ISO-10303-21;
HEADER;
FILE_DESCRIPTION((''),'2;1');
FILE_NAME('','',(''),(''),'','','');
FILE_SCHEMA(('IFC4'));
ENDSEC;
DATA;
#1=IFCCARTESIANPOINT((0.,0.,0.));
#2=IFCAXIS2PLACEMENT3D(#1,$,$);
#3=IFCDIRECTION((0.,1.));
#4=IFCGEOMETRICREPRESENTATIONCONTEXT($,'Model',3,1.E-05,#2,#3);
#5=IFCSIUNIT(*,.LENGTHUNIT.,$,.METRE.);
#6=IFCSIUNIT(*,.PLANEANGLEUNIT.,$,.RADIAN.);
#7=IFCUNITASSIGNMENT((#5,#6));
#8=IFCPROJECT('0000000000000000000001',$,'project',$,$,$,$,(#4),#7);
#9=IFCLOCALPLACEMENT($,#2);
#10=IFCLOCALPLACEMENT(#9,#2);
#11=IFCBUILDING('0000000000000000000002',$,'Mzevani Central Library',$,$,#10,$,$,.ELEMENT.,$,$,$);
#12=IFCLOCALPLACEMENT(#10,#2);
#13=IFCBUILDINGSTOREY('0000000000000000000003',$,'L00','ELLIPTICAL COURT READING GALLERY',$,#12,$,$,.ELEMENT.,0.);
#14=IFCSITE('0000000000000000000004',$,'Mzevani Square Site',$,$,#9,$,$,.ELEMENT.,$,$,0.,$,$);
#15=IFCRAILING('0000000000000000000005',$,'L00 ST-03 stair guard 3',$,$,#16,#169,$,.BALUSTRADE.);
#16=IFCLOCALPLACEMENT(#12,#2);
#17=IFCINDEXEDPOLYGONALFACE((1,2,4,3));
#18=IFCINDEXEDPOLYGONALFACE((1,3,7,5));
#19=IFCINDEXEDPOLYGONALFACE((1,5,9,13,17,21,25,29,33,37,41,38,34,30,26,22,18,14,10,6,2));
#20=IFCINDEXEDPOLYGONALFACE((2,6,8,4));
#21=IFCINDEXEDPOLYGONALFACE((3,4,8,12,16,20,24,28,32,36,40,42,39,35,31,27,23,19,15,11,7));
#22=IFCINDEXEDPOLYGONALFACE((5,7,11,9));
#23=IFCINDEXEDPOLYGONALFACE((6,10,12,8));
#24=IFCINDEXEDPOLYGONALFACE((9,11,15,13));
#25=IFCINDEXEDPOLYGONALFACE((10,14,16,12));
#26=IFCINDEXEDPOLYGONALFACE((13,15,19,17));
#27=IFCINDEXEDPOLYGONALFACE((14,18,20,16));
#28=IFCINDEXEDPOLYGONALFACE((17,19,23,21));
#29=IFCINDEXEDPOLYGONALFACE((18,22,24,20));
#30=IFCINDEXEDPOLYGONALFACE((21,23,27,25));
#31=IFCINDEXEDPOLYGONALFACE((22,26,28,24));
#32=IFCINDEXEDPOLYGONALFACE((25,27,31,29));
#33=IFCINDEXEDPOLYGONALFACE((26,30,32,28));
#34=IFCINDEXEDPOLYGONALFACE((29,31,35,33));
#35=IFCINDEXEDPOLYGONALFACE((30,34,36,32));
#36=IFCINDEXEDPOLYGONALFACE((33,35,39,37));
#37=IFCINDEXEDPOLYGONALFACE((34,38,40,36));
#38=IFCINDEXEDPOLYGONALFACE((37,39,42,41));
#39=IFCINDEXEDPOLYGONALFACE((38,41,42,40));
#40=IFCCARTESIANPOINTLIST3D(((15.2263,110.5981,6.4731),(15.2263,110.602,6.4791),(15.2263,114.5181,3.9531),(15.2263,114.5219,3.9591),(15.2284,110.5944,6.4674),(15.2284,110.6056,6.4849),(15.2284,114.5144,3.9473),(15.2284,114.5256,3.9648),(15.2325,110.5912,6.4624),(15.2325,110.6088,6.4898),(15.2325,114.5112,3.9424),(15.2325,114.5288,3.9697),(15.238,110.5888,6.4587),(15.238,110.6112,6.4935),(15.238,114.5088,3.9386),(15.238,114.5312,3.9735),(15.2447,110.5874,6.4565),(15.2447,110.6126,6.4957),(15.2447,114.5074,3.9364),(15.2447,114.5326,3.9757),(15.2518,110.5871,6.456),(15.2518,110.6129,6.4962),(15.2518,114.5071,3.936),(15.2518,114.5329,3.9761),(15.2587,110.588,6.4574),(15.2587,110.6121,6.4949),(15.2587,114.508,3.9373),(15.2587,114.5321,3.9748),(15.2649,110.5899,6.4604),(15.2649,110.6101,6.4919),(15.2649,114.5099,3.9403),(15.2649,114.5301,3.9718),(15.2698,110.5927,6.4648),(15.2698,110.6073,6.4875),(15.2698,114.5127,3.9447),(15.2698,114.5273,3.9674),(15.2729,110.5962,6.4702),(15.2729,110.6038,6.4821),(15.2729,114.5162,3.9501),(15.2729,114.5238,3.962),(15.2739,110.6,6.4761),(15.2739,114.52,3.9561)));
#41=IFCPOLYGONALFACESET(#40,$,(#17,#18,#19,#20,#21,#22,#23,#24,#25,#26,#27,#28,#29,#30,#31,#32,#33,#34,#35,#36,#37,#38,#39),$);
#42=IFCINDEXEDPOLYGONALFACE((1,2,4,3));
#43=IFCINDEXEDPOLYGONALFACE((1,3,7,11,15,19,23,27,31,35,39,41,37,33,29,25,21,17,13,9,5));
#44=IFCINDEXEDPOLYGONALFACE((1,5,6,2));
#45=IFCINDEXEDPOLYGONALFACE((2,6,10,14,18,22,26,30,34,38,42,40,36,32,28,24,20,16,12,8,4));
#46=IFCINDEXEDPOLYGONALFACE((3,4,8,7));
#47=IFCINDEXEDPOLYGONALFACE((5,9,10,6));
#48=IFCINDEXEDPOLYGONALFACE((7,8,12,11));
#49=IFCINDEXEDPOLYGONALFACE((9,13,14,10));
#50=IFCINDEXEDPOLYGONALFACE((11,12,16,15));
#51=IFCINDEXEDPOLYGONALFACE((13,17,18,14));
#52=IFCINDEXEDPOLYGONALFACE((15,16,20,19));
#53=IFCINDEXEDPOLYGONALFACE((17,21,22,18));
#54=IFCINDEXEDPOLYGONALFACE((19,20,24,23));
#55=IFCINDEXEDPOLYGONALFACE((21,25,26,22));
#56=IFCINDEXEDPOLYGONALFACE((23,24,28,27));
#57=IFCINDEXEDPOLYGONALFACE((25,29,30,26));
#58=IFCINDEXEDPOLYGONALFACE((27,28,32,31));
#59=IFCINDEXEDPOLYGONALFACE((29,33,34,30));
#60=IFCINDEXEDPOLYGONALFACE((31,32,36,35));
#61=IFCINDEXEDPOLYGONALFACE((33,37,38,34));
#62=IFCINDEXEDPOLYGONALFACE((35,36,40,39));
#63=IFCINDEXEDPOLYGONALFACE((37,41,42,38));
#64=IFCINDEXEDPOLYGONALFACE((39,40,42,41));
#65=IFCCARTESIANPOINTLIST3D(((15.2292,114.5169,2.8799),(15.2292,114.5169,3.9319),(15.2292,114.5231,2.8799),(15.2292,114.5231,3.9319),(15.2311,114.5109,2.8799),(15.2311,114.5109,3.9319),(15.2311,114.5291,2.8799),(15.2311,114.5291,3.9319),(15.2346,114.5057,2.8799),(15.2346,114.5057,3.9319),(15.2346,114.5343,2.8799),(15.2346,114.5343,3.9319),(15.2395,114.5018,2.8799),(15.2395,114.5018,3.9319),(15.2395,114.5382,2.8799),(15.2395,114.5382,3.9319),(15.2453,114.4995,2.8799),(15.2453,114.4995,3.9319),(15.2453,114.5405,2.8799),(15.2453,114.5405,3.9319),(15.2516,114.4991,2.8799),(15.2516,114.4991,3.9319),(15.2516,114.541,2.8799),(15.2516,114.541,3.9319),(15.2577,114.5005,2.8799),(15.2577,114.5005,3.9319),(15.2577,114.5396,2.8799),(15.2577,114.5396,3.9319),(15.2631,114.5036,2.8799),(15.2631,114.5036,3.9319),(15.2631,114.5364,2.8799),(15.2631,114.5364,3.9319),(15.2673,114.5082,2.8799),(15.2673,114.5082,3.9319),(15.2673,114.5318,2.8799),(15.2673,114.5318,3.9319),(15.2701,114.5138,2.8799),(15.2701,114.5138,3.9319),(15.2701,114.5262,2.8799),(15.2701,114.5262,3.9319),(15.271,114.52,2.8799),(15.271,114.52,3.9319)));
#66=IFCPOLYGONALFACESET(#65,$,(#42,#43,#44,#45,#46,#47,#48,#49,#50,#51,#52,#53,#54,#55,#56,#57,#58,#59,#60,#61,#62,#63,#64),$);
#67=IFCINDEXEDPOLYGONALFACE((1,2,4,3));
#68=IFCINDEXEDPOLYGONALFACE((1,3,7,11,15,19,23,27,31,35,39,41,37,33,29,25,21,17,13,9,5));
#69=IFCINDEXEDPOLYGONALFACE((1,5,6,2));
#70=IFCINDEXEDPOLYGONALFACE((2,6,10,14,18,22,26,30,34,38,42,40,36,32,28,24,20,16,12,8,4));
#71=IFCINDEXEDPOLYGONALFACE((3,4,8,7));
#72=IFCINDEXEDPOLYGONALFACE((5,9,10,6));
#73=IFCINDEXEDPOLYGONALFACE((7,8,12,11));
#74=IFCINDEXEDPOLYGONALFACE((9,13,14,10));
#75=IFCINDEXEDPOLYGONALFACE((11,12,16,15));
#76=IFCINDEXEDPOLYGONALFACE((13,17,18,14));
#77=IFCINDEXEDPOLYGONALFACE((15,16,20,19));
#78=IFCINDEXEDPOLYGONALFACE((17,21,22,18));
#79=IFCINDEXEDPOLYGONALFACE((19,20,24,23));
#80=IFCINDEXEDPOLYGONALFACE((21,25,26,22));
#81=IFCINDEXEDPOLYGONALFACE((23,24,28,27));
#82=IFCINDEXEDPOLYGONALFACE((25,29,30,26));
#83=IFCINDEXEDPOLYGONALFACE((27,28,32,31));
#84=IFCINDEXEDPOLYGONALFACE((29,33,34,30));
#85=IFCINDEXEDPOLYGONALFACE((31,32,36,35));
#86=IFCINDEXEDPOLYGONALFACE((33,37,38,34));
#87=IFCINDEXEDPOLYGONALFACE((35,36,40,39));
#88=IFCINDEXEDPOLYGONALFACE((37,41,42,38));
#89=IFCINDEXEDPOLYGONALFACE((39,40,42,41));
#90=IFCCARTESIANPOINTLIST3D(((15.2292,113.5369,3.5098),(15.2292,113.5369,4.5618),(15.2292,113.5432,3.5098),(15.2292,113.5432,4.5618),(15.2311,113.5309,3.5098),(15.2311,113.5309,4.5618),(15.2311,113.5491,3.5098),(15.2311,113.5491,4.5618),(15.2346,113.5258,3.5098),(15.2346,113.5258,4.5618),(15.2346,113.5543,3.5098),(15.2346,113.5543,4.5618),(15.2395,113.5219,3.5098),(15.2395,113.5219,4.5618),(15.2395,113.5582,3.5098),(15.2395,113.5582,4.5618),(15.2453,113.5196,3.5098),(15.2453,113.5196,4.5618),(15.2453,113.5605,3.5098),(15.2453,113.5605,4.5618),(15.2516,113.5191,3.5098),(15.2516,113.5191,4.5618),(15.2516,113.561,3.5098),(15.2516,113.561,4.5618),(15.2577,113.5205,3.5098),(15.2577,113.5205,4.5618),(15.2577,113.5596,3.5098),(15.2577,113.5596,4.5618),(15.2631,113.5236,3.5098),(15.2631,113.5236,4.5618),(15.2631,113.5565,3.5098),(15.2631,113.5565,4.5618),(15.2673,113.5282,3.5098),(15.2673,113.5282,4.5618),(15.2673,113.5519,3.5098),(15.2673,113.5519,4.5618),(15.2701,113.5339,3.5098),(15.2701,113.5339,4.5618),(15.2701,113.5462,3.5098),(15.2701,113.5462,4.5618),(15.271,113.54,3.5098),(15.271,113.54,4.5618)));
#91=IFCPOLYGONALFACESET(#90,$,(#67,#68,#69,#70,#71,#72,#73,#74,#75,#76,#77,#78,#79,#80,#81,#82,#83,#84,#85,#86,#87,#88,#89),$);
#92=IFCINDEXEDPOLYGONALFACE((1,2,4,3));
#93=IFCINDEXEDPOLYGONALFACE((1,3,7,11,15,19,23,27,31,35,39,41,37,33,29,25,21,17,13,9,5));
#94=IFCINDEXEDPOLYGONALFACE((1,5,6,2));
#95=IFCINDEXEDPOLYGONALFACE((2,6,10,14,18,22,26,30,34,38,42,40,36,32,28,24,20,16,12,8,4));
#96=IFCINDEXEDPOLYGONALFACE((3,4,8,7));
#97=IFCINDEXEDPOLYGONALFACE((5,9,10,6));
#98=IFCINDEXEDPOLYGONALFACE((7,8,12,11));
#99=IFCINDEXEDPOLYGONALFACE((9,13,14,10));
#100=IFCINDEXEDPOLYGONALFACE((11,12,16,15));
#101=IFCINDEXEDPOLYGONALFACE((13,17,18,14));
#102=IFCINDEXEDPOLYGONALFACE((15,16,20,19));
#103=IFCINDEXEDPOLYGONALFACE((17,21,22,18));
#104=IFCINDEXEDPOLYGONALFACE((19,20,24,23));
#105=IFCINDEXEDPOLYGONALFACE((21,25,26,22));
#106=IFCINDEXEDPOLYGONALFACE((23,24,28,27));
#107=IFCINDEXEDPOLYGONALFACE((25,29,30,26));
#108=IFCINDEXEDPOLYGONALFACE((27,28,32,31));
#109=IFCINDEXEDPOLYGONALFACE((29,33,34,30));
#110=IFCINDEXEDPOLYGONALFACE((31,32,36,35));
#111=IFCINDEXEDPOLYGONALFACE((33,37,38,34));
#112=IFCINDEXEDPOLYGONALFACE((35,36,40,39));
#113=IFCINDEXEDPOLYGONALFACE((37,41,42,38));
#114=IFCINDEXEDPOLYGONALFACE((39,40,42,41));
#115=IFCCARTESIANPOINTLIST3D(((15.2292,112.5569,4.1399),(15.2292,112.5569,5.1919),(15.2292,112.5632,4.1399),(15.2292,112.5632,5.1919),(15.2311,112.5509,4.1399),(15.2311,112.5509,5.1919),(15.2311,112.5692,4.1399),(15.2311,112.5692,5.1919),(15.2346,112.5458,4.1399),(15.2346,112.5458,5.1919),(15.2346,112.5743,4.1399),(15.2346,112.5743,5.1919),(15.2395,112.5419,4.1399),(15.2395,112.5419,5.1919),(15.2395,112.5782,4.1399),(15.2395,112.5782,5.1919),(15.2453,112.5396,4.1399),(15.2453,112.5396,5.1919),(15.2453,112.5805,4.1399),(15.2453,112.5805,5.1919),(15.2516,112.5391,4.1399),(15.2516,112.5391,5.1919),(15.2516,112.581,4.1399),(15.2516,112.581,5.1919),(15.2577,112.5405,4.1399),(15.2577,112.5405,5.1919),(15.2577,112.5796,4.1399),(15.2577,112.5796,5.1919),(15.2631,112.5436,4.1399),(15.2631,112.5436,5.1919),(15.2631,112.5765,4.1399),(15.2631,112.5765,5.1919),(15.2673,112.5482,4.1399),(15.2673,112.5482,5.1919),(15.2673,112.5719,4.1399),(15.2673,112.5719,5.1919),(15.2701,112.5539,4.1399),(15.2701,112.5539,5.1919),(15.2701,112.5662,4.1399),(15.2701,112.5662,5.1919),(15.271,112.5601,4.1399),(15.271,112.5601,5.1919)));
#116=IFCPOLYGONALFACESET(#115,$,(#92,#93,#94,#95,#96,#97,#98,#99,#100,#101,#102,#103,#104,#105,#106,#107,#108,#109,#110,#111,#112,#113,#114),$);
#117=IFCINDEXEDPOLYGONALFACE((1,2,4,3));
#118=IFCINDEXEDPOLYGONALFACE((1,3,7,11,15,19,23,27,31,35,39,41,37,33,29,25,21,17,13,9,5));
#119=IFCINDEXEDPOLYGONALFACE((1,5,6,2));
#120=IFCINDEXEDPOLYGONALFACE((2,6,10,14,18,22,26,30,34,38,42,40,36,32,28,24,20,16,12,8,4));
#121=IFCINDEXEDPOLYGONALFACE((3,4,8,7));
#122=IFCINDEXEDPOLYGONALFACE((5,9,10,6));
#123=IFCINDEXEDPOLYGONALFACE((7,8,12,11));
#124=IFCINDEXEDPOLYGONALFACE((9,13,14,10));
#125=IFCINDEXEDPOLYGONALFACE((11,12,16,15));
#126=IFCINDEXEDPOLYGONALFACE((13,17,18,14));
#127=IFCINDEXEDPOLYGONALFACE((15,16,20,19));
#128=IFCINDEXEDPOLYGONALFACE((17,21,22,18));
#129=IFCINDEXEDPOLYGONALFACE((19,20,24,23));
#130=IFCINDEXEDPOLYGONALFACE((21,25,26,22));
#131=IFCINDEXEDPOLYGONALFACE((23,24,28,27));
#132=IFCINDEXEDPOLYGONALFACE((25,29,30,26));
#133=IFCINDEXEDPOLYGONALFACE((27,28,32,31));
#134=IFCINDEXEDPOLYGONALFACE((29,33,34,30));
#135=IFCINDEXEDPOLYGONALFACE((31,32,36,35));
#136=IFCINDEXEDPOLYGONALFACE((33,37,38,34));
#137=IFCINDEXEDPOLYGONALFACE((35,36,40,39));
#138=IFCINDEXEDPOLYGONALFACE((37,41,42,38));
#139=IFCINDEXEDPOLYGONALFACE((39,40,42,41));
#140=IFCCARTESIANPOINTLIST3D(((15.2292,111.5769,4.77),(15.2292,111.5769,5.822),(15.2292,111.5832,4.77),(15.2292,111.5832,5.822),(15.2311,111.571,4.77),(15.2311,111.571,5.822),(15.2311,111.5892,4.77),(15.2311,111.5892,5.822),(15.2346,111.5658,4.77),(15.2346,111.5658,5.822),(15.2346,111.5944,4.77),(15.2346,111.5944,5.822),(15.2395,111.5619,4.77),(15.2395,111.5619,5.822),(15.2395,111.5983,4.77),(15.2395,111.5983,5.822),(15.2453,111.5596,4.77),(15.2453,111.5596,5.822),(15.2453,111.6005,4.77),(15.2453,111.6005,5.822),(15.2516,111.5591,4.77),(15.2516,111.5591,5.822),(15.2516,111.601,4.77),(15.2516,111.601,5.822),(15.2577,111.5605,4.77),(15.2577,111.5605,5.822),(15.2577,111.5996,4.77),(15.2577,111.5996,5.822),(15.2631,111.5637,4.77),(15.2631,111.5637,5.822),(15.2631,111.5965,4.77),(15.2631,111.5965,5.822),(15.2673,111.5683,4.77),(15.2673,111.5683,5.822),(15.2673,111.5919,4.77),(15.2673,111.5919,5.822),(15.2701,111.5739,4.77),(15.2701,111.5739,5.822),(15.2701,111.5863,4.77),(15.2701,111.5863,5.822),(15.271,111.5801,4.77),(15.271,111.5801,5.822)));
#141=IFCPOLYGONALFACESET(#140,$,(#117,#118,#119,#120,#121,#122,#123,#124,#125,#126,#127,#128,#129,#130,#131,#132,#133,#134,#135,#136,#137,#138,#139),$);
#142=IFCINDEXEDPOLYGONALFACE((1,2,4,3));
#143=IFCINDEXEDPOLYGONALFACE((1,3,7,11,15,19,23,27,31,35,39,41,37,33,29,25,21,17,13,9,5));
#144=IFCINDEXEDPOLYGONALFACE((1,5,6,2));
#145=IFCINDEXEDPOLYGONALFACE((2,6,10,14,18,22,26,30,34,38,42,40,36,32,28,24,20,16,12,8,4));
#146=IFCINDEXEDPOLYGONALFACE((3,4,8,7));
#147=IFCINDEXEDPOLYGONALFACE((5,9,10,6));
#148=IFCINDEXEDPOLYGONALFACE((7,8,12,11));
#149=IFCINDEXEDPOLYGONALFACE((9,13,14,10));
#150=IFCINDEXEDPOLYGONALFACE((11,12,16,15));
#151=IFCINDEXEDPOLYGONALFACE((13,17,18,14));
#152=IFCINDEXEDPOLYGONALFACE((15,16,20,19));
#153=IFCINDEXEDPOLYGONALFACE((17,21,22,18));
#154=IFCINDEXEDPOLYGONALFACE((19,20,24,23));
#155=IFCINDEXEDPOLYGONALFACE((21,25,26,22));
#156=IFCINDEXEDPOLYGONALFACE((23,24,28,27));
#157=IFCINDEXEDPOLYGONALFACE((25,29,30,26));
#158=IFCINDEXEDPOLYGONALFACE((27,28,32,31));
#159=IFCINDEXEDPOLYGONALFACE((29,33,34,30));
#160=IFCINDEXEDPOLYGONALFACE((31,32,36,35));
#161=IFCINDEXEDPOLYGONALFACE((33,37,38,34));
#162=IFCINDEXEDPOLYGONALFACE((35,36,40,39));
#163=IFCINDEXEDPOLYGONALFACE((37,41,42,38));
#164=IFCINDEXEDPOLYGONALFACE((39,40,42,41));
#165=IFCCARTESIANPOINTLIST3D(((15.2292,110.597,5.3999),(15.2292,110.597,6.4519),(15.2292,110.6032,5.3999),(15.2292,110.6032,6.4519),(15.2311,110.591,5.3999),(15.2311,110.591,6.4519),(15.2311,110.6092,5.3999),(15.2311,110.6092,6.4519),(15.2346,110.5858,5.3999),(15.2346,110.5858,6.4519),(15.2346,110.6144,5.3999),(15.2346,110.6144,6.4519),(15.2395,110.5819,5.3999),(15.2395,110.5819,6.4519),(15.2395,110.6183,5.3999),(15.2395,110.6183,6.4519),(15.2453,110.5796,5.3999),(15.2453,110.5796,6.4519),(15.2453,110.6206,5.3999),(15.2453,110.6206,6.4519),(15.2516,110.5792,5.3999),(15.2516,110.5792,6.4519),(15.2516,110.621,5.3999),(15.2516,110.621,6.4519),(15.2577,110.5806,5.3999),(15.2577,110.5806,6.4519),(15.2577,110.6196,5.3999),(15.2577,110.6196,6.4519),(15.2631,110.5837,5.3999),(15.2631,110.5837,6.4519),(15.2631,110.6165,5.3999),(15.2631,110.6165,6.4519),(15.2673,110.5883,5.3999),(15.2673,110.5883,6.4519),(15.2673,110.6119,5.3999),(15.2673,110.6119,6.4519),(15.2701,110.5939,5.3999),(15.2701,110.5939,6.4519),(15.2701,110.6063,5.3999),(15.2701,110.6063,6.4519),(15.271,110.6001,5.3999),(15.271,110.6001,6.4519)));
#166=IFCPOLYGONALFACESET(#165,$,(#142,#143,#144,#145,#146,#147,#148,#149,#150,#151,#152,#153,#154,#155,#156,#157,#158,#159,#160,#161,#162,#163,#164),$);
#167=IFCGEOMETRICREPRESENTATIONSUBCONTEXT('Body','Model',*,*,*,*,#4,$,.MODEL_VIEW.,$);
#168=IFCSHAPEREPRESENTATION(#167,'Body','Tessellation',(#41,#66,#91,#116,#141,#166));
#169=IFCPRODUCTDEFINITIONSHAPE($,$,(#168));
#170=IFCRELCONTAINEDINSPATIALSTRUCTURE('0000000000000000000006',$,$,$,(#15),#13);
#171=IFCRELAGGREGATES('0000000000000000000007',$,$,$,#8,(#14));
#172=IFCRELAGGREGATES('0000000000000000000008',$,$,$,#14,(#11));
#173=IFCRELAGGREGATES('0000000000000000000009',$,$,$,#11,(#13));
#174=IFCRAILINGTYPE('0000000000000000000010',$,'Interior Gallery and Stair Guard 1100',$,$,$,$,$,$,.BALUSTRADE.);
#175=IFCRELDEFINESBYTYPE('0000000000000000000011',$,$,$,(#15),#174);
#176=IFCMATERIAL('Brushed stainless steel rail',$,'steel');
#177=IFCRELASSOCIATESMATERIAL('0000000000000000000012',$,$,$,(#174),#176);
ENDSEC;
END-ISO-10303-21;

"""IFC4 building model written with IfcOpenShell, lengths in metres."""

from ifc_helpers import new_model, si_unit, direction, frame, origin, origin_2d, place, context, subcontext, project, spatial, circle, extrude, material, type_object, element, save


model = new_model("IFC4")

# Units and contexts
model_context = context("Model", 3, precision=1e-05, world=origin(), true_north=direction((0.0, 1.0)))
body_context = subcontext(model_context, "Body", "Model", "MODEL_VIEW")
ifc_project = project(units=[si_unit("LENGTHUNIT", "METRE"), si_unit("PLANEANGLEUNIT", "RADIAN")], contexts=[model_context])

# Site, building, storey
site_placement = place(None, origin())
site = spatial("IfcSite", under=ifc_project, at=site_placement, Name="Mzevani Square Site", CompositionType="ELEMENT", RefElevation=0.0)
building_placement = place(site_placement, origin())
building = spatial("IfcBuilding", under=site, at=building_placement, Name="Mzevani Central Library", CompositionType="ELEMENT")
storey_placement = place(building_placement, origin())
storey = spatial("IfcBuildingStorey", under=building, at=storey_placement, Name="L00", Description="ELLIPTICAL COURT READING GALLERY", CompositionType="ELEMENT", Elevation=0.0)

# Railing
ifc_material_1 = material(Name="Brushed stainless steel rail", Category="steel")
railing_type_1 = type_object("IfcRailingType", Name="Interior Gallery and Stair Guard 1100", PredefinedType="BALUSTRADE", material=ifc_material_1)
railing_1_placement = place(storey_placement, frame((15.25, 114.52, 2.8799)))
element("IfcRailing", 1, at=railing_1_placement, inside=storey, type_object=railing_type_1, Name="L00 ST-03 stair guard 3", PredefinedType="BALUSTRADE", context=body_context, shape_type="SweptSolid", body=[
    extrude(circle(Radius=0.0239, at=origin_2d()), frame((0.0, 0.0, 1.0762), z_axis=(0.0, -0.841172, 0.540768), x_axis=(1.0, 0.0, 0.0)), (0.0, 0.0, 1.0), 4.6602),
    extrude(circle(Radius=0.021, at=origin_2d()), origin(), (0.0, 0.0, 1.0), 1.052),
    extrude(circle(Radius=0.021, at=origin_2d()), frame((0.0, -0.98, 0.6299)), (0.0, 0.0, 1.0), 1.052),
    extrude(circle(Radius=0.021, at=origin_2d()), frame((0.0, -1.96, 1.26)), (0.0, 0.0, 1.0), 1.052),
    extrude(circle(Radius=0.021, at=origin_2d()), frame((0.0, -2.9399, 1.8901)), (0.0, 0.0, 1.0), 1.052),
    extrude(circle(Radius=0.021, at=origin_2d()), frame((0.0, -3.9199, 2.52)), (0.0, 0.0, 1.0), 1.052),
])

save(model, "model.ifc")
